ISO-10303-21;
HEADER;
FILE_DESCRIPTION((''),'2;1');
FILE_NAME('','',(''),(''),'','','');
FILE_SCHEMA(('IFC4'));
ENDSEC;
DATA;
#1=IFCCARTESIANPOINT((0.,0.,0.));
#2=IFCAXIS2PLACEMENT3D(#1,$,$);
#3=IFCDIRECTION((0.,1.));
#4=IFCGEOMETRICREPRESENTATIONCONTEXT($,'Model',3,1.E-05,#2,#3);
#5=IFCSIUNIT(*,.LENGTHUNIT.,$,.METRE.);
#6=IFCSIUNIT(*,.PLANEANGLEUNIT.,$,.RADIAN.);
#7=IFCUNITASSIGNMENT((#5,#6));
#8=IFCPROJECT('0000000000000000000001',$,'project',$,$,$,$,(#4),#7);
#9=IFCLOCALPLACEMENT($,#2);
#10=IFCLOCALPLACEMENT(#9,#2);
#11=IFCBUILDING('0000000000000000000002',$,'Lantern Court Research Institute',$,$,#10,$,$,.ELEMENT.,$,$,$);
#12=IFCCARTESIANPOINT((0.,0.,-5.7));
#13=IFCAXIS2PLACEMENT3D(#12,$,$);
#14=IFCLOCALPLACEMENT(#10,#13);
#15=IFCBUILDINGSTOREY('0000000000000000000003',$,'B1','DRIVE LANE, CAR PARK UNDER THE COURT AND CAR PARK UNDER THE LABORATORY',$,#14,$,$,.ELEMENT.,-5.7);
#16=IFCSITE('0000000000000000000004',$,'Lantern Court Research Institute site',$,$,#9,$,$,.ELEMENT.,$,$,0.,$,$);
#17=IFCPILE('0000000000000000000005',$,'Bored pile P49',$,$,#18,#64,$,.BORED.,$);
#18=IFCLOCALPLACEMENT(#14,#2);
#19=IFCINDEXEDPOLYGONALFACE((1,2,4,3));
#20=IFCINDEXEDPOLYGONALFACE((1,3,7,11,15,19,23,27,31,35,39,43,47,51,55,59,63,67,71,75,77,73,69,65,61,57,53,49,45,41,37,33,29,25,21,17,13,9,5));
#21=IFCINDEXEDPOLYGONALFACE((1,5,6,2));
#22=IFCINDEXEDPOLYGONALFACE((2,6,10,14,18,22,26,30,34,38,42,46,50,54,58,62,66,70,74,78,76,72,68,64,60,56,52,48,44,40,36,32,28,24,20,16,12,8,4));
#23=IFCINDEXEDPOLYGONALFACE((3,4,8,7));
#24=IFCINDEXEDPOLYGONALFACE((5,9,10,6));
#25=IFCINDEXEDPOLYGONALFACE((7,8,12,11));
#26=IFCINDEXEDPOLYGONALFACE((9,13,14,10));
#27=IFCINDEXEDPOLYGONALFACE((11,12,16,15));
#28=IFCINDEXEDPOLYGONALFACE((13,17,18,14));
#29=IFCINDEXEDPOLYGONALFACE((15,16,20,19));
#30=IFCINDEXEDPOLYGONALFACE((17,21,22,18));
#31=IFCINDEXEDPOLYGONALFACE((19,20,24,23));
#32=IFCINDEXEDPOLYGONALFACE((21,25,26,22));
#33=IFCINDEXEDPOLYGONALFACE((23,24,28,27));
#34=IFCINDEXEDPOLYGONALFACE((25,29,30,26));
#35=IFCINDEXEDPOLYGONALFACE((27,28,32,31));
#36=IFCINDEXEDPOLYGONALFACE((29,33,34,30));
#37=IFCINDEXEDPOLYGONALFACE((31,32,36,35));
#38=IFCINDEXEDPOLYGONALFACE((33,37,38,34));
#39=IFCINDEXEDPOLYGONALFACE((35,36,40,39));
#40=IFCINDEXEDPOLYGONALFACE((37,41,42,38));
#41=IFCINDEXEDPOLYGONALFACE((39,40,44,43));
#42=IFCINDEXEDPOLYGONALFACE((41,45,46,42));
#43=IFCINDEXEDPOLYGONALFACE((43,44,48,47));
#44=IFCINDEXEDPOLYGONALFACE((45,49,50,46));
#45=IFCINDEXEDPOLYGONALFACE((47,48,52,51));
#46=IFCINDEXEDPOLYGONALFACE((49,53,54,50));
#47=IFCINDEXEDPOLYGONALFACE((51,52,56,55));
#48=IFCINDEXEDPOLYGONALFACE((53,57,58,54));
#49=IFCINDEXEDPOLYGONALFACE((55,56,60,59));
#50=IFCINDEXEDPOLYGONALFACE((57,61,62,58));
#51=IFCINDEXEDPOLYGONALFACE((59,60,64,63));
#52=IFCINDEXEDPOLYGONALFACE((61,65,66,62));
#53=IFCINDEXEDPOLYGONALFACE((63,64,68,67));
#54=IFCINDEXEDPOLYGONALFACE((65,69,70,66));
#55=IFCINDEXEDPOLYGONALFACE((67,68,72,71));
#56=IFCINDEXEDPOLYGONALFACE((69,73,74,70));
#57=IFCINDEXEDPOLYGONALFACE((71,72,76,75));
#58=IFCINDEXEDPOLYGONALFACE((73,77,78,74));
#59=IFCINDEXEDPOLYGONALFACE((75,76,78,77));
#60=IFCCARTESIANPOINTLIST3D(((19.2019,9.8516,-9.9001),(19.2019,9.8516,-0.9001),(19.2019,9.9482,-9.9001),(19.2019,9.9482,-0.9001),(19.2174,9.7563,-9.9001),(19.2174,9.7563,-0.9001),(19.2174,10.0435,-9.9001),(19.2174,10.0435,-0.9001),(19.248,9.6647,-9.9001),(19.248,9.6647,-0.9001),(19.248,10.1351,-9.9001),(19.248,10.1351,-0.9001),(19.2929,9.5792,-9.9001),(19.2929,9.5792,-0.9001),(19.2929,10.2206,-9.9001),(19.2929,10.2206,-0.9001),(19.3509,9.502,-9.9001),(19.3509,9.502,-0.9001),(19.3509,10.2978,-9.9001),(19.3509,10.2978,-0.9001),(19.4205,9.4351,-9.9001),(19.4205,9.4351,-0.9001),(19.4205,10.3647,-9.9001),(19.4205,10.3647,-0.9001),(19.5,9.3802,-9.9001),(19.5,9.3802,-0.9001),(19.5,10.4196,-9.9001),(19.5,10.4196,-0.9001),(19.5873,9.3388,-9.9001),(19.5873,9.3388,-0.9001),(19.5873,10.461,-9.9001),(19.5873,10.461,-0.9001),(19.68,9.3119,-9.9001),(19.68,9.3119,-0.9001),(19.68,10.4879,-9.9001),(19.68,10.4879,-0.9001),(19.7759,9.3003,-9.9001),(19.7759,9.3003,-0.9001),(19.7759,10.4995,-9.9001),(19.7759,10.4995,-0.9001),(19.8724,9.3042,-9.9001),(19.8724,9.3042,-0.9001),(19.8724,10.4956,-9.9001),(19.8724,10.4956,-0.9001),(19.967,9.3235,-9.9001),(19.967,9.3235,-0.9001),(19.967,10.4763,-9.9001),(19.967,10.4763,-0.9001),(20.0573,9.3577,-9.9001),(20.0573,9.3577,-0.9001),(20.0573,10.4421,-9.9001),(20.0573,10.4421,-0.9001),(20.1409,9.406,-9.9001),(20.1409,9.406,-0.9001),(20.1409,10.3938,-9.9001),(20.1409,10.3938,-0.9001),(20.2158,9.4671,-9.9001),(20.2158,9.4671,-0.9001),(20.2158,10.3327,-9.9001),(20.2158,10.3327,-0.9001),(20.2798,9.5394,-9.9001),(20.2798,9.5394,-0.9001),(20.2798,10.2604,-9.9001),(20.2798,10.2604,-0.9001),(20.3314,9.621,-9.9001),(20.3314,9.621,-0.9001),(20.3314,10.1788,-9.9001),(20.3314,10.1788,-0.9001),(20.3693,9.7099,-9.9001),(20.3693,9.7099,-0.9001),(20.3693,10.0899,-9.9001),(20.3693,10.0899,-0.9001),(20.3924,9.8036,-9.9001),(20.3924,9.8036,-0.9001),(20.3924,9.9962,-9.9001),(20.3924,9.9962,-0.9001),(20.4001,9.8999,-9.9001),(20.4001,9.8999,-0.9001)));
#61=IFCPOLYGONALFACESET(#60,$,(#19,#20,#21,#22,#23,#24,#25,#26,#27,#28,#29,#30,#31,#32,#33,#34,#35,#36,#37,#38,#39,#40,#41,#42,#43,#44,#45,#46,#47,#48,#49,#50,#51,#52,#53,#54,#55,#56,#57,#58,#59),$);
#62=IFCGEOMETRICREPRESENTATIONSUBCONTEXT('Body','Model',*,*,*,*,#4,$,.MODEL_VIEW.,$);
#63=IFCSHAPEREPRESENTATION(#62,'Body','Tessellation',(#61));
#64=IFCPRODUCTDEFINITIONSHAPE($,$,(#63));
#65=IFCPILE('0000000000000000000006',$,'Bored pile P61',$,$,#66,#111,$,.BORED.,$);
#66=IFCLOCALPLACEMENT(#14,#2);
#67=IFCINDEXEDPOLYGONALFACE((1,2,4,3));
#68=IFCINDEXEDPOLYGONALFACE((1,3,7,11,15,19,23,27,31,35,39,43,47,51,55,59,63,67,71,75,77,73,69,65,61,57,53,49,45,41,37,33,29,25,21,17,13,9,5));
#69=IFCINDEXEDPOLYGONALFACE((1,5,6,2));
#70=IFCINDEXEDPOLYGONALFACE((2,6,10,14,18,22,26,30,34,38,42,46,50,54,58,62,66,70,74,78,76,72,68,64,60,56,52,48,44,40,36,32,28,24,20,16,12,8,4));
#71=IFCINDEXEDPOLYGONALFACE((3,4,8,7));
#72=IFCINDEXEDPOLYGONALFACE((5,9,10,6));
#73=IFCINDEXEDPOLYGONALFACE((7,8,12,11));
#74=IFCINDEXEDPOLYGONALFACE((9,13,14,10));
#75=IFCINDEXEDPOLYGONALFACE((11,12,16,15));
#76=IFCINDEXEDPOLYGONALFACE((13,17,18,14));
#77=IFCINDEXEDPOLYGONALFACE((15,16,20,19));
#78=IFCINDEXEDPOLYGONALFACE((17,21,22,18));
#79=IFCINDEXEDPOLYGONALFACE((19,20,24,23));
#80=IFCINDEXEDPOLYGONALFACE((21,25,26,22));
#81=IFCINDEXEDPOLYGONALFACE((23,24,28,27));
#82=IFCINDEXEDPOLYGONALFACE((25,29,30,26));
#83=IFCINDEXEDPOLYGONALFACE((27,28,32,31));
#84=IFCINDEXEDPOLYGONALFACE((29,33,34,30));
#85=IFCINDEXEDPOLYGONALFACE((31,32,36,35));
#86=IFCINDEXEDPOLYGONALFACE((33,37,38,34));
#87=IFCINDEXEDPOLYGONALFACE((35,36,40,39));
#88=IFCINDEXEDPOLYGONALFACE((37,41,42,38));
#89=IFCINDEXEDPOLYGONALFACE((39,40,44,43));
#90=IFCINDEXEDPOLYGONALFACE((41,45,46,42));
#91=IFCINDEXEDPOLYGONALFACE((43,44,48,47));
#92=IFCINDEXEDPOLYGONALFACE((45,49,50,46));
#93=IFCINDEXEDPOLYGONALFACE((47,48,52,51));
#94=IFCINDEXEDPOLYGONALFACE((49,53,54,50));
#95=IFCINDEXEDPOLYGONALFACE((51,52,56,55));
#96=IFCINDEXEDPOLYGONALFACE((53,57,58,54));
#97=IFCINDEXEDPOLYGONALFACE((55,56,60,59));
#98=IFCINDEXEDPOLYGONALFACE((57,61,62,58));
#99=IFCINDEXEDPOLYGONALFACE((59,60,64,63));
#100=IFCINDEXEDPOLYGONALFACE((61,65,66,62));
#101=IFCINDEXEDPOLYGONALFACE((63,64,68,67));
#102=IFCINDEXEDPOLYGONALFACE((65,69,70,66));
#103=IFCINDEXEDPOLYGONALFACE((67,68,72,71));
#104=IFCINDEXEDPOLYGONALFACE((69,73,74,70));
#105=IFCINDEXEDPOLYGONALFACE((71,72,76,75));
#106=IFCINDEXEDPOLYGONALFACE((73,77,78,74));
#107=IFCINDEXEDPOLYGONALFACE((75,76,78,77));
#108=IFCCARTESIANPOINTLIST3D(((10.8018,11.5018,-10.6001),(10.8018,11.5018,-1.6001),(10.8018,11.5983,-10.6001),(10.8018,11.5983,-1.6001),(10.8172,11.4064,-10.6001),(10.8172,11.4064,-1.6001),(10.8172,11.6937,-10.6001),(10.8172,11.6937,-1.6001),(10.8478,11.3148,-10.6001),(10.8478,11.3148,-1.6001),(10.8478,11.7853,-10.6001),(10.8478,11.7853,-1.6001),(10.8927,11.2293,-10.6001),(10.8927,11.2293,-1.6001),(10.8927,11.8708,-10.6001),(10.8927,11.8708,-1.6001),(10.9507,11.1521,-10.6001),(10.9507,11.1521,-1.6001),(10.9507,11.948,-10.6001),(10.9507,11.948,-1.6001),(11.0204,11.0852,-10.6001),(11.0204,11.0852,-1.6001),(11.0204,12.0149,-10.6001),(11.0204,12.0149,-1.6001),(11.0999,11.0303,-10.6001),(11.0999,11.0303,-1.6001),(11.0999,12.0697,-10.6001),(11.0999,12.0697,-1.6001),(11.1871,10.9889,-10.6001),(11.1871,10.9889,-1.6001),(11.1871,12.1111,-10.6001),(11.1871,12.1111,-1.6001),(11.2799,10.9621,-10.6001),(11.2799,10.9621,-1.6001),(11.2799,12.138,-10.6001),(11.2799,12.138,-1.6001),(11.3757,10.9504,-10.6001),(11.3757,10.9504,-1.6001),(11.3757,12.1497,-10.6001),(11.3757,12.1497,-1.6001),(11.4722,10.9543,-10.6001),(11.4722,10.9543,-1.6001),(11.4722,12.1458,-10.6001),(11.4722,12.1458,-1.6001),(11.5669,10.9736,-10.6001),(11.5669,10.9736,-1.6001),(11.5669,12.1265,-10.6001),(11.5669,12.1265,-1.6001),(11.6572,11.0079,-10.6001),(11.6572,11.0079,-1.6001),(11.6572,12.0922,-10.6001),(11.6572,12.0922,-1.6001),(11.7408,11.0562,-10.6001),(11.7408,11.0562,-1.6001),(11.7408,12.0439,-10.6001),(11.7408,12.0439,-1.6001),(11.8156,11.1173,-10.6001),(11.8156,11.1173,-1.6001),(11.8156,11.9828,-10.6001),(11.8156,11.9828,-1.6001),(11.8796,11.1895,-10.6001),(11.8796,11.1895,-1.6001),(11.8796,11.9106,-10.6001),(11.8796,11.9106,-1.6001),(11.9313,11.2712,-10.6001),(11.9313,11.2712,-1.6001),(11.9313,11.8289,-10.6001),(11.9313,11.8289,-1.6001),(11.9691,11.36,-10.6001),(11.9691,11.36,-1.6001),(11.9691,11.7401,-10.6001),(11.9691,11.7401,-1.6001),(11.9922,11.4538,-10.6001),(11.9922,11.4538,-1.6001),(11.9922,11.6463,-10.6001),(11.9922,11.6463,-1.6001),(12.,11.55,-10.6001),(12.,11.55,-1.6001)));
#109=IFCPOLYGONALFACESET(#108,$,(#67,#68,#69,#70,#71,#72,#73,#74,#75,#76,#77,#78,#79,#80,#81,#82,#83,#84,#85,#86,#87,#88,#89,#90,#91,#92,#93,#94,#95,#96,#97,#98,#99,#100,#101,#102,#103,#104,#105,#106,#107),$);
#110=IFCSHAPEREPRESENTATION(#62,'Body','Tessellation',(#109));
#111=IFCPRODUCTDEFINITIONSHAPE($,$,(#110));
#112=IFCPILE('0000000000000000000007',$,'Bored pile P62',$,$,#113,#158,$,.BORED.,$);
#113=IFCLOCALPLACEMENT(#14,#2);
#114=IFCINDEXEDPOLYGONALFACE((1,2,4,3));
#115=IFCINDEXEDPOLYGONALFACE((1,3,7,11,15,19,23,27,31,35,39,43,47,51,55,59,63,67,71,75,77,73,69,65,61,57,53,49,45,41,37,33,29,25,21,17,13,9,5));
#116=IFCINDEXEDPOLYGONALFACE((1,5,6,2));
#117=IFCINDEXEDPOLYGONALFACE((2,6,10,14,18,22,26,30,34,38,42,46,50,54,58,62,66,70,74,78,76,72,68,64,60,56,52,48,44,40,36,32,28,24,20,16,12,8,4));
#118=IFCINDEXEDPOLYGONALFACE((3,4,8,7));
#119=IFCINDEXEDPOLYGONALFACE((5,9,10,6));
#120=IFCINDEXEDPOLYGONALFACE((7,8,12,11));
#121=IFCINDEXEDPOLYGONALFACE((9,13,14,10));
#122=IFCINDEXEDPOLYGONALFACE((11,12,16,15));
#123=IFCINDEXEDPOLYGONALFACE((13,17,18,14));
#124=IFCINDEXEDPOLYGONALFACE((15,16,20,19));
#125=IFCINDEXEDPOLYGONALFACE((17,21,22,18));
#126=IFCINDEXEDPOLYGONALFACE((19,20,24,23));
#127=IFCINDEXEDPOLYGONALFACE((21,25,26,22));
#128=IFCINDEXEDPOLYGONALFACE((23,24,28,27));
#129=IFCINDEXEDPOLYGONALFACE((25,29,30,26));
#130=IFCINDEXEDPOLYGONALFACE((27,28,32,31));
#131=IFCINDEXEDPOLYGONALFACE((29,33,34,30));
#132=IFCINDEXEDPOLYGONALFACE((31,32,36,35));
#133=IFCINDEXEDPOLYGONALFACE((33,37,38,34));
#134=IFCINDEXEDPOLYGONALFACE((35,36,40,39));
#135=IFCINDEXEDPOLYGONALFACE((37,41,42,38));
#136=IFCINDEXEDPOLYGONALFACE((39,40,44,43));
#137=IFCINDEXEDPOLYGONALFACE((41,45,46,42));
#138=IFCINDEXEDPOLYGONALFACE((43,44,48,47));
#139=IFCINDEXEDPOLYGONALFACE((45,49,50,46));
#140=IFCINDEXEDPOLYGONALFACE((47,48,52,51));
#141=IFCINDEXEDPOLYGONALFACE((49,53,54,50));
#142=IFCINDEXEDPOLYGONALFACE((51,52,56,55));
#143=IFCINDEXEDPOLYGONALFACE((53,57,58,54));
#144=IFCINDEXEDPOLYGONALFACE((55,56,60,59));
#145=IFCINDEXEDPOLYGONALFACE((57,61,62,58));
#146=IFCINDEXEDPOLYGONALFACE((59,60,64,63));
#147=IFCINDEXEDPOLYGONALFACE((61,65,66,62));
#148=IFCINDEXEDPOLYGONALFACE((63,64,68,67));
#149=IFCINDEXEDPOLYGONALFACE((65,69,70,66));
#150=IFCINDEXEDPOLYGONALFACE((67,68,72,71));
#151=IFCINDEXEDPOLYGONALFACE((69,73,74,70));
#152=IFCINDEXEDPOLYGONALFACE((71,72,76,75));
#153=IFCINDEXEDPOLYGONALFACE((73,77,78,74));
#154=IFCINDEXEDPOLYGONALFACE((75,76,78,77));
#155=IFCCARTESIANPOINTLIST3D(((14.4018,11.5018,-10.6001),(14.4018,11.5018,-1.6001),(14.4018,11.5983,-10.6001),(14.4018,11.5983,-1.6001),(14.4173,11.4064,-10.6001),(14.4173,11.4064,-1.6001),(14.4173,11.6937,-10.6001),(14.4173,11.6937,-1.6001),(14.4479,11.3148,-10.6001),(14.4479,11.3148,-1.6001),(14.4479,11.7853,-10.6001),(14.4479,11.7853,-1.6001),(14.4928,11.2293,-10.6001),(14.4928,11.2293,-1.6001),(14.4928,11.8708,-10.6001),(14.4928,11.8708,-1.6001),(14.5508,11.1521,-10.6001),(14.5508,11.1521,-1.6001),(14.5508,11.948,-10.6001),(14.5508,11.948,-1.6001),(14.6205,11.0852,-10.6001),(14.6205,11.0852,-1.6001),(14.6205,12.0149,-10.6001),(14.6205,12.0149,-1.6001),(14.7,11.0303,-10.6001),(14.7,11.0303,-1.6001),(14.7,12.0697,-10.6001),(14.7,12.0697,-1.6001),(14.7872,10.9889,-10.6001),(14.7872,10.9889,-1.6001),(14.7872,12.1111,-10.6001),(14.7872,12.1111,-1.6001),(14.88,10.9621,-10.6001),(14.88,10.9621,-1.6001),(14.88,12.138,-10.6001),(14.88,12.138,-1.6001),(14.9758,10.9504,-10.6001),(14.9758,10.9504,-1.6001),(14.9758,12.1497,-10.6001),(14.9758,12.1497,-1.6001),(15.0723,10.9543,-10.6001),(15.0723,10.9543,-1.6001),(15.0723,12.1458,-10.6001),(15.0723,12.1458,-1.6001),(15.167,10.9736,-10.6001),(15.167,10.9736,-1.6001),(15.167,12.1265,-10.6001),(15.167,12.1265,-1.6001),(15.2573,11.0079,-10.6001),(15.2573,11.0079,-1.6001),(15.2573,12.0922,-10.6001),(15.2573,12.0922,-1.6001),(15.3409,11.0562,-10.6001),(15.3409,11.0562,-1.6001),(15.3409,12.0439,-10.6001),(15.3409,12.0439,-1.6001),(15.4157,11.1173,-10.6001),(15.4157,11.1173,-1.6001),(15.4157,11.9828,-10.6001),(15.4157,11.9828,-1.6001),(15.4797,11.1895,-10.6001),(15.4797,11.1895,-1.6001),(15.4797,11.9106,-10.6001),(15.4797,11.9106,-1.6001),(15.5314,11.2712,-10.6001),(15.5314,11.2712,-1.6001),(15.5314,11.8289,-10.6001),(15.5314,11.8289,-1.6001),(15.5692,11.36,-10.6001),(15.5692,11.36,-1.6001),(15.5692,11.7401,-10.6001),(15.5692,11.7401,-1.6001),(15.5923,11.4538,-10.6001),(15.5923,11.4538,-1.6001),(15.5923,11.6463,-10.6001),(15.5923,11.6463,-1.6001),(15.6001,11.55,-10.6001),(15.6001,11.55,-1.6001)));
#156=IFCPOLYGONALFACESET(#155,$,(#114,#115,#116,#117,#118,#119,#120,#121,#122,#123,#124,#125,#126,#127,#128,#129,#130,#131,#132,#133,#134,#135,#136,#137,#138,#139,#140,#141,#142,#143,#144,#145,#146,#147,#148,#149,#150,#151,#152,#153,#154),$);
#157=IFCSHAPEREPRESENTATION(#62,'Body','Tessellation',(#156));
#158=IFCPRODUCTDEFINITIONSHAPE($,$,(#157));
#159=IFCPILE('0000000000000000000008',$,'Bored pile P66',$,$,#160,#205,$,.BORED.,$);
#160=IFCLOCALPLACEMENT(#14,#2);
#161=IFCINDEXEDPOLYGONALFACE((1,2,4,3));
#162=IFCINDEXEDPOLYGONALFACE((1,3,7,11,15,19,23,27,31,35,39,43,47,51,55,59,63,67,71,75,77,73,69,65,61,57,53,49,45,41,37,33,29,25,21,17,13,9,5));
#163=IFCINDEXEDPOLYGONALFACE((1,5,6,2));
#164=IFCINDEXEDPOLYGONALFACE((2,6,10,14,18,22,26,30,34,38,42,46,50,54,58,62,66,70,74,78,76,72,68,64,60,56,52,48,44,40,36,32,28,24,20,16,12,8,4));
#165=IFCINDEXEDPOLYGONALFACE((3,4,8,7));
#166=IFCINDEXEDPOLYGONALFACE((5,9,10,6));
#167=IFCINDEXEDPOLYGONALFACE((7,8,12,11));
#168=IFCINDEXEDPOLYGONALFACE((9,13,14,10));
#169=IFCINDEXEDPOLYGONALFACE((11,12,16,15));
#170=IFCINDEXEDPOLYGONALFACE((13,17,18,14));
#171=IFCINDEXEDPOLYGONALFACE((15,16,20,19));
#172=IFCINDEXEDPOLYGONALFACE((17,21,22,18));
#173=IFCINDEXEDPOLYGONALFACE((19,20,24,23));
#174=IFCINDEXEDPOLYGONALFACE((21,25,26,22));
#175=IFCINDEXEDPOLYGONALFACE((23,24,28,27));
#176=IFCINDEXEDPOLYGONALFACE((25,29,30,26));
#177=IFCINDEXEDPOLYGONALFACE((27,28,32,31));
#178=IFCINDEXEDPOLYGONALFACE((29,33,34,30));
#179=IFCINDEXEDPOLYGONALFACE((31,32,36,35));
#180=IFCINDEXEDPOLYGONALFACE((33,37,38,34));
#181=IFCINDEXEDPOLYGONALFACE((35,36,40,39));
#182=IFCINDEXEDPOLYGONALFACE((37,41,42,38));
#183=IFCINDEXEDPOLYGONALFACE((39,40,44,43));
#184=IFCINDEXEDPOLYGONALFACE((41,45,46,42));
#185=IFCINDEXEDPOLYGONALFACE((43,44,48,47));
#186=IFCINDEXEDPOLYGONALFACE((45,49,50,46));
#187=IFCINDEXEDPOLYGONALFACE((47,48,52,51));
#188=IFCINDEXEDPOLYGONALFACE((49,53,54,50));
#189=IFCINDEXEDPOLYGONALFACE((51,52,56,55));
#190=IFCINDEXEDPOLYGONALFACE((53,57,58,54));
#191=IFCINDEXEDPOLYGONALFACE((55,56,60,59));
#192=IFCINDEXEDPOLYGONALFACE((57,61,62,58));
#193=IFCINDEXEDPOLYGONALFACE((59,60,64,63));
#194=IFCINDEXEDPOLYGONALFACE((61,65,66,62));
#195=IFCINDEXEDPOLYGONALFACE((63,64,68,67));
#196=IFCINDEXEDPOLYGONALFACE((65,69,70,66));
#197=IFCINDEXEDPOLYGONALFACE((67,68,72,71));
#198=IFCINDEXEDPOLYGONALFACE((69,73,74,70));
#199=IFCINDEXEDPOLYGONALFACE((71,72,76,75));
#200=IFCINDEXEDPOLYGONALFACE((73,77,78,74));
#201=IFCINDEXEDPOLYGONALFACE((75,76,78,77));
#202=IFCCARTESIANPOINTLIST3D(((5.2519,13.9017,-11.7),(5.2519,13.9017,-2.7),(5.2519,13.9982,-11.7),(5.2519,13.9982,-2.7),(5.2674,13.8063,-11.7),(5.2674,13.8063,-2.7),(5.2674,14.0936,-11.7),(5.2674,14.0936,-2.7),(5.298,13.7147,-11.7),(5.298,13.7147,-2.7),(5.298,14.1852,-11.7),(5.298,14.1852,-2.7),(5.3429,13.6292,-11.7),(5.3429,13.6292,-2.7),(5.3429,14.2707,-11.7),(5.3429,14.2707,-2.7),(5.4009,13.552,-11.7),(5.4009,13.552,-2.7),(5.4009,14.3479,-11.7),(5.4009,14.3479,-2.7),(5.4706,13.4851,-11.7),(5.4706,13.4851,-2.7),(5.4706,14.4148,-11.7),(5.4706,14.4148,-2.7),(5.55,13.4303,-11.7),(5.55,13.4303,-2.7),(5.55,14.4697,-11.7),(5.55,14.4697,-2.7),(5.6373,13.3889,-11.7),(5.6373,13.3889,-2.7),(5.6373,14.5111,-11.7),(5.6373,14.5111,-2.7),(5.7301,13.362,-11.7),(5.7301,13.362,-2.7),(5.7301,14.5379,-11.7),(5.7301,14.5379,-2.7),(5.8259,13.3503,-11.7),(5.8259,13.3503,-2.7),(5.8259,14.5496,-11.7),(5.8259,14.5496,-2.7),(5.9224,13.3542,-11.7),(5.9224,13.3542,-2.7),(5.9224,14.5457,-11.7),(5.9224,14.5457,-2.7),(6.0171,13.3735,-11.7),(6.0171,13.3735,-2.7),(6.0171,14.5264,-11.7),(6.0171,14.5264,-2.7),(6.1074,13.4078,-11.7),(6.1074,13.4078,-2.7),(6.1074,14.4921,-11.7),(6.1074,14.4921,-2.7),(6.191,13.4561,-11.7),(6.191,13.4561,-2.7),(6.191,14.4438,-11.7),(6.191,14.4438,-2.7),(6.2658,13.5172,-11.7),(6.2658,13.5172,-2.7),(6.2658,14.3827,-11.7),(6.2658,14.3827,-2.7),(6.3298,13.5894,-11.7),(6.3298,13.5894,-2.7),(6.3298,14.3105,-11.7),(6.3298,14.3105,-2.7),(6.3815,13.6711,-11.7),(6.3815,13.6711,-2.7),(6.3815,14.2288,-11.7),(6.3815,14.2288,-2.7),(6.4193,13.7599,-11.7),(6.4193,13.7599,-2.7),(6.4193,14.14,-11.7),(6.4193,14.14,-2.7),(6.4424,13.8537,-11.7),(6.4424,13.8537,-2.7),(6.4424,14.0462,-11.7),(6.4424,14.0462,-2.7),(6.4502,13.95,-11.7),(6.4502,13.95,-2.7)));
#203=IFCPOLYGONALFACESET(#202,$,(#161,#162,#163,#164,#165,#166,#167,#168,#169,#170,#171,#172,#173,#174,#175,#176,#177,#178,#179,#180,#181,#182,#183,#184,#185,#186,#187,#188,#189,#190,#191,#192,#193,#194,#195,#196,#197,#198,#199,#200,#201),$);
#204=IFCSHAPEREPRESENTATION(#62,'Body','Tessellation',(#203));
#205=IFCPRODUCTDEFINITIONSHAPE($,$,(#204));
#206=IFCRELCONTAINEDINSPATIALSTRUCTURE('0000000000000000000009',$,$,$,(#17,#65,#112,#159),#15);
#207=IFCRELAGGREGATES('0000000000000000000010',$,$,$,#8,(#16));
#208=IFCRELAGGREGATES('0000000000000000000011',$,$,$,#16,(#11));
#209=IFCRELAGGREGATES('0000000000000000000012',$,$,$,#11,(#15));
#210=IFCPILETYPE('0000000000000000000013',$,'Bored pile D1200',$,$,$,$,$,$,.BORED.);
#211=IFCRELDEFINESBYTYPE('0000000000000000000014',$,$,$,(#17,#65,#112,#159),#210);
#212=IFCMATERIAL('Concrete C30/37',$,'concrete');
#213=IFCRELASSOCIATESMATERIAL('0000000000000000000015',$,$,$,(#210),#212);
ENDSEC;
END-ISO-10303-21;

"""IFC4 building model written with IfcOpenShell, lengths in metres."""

from ifc_helpers import new_model, si_unit, direction, frame, origin, origin_2d, place, context, subcontext, project, spatial, circle, extrude, material, material_profile, profile_set, type_object, element, save


model = new_model("IFC4")

# Units and contexts
model_context = context("Model", 3, precision=1e-05, world=origin(), true_north=direction((0.0, 1.0)))
body_context = subcontext(model_context, "Body", "Model", "MODEL_VIEW")
ifc_project = project(units=[si_unit("LENGTHUNIT", "METRE"), si_unit("PLANEANGLEUNIT", "RADIAN")], contexts=[model_context])

# Site, building, storey
site_placement = place(None, origin())
site = spatial("IfcSite", under=ifc_project, at=site_placement, Name="Lantern Court Research Institute site", CompositionType="ELEMENT", RefElevation=0.0)
building_placement = place(site_placement, origin())
building = spatial("IfcBuilding", under=site, at=building_placement, Name="Lantern Court Research Institute", CompositionType="ELEMENT")
storey_placement = place(building_placement, frame((0.0, 0.0, -5.7)))
storey = spatial("IfcBuildingStorey", under=building, at=storey_placement, Name="B1", Description="DRIVE LANE, CAR PARK UNDER THE COURT AND CAR PARK UNDER THE LABORATORY", CompositionType="ELEMENT", Elevation=-5.7)

# Piles
ifc_material_1 = material(Name="Concrete C30/37", Category="concrete")
ifc_material_profile_1 = material_profile(ifc_material_1, circle(Radius=0.6001, at=origin_2d()), Name="Bored pile D1200")
ifc_profile_set_1 = profile_set([ifc_material_profile_1], Name="Concrete C30/37")
pile_type = type_object("IfcPileType", Name="Bored pile D1200", PredefinedType="BORED", material=ifc_profile_set_1)
for number, where, z_axis, x_axis, name in (
    (1, (19.8, 9.8999, -0.9001), (0.0, 0.0, -1.0), (1.0, 0.0, 0.0), "Bored pile P49"),
    (2, (11.3999, 11.55, -1.6001), (0.0, 0.0, -1.0), (1.0, 0.0, 0.0), "Bored pile P61"),
    (3, (15.0, 11.55, -1.6001), (0.0, 0.0, -1.0), (1.0, 0.0, 0.0), "Bored pile P62"),
    (4, (5.8501, 13.95, -2.7), (0.0, 0.0, -1.0), (1.0, 0.0, 0.0), "Bored pile P66"),
):
    element("IfcPile", number, at=place(storey_placement, frame(where, z_axis=z_axis, x_axis=x_axis)), inside=storey, type_object=pile_type, Name=name, PredefinedType="BORED", context=body_context, shape_type="SweptSolid", body=[
        extrude(circle(Radius=0.6001, at=origin_2d()), origin(), (0.0, 0.0, 1.0), 9.0),
    ])

save(model, "model.ifc")
